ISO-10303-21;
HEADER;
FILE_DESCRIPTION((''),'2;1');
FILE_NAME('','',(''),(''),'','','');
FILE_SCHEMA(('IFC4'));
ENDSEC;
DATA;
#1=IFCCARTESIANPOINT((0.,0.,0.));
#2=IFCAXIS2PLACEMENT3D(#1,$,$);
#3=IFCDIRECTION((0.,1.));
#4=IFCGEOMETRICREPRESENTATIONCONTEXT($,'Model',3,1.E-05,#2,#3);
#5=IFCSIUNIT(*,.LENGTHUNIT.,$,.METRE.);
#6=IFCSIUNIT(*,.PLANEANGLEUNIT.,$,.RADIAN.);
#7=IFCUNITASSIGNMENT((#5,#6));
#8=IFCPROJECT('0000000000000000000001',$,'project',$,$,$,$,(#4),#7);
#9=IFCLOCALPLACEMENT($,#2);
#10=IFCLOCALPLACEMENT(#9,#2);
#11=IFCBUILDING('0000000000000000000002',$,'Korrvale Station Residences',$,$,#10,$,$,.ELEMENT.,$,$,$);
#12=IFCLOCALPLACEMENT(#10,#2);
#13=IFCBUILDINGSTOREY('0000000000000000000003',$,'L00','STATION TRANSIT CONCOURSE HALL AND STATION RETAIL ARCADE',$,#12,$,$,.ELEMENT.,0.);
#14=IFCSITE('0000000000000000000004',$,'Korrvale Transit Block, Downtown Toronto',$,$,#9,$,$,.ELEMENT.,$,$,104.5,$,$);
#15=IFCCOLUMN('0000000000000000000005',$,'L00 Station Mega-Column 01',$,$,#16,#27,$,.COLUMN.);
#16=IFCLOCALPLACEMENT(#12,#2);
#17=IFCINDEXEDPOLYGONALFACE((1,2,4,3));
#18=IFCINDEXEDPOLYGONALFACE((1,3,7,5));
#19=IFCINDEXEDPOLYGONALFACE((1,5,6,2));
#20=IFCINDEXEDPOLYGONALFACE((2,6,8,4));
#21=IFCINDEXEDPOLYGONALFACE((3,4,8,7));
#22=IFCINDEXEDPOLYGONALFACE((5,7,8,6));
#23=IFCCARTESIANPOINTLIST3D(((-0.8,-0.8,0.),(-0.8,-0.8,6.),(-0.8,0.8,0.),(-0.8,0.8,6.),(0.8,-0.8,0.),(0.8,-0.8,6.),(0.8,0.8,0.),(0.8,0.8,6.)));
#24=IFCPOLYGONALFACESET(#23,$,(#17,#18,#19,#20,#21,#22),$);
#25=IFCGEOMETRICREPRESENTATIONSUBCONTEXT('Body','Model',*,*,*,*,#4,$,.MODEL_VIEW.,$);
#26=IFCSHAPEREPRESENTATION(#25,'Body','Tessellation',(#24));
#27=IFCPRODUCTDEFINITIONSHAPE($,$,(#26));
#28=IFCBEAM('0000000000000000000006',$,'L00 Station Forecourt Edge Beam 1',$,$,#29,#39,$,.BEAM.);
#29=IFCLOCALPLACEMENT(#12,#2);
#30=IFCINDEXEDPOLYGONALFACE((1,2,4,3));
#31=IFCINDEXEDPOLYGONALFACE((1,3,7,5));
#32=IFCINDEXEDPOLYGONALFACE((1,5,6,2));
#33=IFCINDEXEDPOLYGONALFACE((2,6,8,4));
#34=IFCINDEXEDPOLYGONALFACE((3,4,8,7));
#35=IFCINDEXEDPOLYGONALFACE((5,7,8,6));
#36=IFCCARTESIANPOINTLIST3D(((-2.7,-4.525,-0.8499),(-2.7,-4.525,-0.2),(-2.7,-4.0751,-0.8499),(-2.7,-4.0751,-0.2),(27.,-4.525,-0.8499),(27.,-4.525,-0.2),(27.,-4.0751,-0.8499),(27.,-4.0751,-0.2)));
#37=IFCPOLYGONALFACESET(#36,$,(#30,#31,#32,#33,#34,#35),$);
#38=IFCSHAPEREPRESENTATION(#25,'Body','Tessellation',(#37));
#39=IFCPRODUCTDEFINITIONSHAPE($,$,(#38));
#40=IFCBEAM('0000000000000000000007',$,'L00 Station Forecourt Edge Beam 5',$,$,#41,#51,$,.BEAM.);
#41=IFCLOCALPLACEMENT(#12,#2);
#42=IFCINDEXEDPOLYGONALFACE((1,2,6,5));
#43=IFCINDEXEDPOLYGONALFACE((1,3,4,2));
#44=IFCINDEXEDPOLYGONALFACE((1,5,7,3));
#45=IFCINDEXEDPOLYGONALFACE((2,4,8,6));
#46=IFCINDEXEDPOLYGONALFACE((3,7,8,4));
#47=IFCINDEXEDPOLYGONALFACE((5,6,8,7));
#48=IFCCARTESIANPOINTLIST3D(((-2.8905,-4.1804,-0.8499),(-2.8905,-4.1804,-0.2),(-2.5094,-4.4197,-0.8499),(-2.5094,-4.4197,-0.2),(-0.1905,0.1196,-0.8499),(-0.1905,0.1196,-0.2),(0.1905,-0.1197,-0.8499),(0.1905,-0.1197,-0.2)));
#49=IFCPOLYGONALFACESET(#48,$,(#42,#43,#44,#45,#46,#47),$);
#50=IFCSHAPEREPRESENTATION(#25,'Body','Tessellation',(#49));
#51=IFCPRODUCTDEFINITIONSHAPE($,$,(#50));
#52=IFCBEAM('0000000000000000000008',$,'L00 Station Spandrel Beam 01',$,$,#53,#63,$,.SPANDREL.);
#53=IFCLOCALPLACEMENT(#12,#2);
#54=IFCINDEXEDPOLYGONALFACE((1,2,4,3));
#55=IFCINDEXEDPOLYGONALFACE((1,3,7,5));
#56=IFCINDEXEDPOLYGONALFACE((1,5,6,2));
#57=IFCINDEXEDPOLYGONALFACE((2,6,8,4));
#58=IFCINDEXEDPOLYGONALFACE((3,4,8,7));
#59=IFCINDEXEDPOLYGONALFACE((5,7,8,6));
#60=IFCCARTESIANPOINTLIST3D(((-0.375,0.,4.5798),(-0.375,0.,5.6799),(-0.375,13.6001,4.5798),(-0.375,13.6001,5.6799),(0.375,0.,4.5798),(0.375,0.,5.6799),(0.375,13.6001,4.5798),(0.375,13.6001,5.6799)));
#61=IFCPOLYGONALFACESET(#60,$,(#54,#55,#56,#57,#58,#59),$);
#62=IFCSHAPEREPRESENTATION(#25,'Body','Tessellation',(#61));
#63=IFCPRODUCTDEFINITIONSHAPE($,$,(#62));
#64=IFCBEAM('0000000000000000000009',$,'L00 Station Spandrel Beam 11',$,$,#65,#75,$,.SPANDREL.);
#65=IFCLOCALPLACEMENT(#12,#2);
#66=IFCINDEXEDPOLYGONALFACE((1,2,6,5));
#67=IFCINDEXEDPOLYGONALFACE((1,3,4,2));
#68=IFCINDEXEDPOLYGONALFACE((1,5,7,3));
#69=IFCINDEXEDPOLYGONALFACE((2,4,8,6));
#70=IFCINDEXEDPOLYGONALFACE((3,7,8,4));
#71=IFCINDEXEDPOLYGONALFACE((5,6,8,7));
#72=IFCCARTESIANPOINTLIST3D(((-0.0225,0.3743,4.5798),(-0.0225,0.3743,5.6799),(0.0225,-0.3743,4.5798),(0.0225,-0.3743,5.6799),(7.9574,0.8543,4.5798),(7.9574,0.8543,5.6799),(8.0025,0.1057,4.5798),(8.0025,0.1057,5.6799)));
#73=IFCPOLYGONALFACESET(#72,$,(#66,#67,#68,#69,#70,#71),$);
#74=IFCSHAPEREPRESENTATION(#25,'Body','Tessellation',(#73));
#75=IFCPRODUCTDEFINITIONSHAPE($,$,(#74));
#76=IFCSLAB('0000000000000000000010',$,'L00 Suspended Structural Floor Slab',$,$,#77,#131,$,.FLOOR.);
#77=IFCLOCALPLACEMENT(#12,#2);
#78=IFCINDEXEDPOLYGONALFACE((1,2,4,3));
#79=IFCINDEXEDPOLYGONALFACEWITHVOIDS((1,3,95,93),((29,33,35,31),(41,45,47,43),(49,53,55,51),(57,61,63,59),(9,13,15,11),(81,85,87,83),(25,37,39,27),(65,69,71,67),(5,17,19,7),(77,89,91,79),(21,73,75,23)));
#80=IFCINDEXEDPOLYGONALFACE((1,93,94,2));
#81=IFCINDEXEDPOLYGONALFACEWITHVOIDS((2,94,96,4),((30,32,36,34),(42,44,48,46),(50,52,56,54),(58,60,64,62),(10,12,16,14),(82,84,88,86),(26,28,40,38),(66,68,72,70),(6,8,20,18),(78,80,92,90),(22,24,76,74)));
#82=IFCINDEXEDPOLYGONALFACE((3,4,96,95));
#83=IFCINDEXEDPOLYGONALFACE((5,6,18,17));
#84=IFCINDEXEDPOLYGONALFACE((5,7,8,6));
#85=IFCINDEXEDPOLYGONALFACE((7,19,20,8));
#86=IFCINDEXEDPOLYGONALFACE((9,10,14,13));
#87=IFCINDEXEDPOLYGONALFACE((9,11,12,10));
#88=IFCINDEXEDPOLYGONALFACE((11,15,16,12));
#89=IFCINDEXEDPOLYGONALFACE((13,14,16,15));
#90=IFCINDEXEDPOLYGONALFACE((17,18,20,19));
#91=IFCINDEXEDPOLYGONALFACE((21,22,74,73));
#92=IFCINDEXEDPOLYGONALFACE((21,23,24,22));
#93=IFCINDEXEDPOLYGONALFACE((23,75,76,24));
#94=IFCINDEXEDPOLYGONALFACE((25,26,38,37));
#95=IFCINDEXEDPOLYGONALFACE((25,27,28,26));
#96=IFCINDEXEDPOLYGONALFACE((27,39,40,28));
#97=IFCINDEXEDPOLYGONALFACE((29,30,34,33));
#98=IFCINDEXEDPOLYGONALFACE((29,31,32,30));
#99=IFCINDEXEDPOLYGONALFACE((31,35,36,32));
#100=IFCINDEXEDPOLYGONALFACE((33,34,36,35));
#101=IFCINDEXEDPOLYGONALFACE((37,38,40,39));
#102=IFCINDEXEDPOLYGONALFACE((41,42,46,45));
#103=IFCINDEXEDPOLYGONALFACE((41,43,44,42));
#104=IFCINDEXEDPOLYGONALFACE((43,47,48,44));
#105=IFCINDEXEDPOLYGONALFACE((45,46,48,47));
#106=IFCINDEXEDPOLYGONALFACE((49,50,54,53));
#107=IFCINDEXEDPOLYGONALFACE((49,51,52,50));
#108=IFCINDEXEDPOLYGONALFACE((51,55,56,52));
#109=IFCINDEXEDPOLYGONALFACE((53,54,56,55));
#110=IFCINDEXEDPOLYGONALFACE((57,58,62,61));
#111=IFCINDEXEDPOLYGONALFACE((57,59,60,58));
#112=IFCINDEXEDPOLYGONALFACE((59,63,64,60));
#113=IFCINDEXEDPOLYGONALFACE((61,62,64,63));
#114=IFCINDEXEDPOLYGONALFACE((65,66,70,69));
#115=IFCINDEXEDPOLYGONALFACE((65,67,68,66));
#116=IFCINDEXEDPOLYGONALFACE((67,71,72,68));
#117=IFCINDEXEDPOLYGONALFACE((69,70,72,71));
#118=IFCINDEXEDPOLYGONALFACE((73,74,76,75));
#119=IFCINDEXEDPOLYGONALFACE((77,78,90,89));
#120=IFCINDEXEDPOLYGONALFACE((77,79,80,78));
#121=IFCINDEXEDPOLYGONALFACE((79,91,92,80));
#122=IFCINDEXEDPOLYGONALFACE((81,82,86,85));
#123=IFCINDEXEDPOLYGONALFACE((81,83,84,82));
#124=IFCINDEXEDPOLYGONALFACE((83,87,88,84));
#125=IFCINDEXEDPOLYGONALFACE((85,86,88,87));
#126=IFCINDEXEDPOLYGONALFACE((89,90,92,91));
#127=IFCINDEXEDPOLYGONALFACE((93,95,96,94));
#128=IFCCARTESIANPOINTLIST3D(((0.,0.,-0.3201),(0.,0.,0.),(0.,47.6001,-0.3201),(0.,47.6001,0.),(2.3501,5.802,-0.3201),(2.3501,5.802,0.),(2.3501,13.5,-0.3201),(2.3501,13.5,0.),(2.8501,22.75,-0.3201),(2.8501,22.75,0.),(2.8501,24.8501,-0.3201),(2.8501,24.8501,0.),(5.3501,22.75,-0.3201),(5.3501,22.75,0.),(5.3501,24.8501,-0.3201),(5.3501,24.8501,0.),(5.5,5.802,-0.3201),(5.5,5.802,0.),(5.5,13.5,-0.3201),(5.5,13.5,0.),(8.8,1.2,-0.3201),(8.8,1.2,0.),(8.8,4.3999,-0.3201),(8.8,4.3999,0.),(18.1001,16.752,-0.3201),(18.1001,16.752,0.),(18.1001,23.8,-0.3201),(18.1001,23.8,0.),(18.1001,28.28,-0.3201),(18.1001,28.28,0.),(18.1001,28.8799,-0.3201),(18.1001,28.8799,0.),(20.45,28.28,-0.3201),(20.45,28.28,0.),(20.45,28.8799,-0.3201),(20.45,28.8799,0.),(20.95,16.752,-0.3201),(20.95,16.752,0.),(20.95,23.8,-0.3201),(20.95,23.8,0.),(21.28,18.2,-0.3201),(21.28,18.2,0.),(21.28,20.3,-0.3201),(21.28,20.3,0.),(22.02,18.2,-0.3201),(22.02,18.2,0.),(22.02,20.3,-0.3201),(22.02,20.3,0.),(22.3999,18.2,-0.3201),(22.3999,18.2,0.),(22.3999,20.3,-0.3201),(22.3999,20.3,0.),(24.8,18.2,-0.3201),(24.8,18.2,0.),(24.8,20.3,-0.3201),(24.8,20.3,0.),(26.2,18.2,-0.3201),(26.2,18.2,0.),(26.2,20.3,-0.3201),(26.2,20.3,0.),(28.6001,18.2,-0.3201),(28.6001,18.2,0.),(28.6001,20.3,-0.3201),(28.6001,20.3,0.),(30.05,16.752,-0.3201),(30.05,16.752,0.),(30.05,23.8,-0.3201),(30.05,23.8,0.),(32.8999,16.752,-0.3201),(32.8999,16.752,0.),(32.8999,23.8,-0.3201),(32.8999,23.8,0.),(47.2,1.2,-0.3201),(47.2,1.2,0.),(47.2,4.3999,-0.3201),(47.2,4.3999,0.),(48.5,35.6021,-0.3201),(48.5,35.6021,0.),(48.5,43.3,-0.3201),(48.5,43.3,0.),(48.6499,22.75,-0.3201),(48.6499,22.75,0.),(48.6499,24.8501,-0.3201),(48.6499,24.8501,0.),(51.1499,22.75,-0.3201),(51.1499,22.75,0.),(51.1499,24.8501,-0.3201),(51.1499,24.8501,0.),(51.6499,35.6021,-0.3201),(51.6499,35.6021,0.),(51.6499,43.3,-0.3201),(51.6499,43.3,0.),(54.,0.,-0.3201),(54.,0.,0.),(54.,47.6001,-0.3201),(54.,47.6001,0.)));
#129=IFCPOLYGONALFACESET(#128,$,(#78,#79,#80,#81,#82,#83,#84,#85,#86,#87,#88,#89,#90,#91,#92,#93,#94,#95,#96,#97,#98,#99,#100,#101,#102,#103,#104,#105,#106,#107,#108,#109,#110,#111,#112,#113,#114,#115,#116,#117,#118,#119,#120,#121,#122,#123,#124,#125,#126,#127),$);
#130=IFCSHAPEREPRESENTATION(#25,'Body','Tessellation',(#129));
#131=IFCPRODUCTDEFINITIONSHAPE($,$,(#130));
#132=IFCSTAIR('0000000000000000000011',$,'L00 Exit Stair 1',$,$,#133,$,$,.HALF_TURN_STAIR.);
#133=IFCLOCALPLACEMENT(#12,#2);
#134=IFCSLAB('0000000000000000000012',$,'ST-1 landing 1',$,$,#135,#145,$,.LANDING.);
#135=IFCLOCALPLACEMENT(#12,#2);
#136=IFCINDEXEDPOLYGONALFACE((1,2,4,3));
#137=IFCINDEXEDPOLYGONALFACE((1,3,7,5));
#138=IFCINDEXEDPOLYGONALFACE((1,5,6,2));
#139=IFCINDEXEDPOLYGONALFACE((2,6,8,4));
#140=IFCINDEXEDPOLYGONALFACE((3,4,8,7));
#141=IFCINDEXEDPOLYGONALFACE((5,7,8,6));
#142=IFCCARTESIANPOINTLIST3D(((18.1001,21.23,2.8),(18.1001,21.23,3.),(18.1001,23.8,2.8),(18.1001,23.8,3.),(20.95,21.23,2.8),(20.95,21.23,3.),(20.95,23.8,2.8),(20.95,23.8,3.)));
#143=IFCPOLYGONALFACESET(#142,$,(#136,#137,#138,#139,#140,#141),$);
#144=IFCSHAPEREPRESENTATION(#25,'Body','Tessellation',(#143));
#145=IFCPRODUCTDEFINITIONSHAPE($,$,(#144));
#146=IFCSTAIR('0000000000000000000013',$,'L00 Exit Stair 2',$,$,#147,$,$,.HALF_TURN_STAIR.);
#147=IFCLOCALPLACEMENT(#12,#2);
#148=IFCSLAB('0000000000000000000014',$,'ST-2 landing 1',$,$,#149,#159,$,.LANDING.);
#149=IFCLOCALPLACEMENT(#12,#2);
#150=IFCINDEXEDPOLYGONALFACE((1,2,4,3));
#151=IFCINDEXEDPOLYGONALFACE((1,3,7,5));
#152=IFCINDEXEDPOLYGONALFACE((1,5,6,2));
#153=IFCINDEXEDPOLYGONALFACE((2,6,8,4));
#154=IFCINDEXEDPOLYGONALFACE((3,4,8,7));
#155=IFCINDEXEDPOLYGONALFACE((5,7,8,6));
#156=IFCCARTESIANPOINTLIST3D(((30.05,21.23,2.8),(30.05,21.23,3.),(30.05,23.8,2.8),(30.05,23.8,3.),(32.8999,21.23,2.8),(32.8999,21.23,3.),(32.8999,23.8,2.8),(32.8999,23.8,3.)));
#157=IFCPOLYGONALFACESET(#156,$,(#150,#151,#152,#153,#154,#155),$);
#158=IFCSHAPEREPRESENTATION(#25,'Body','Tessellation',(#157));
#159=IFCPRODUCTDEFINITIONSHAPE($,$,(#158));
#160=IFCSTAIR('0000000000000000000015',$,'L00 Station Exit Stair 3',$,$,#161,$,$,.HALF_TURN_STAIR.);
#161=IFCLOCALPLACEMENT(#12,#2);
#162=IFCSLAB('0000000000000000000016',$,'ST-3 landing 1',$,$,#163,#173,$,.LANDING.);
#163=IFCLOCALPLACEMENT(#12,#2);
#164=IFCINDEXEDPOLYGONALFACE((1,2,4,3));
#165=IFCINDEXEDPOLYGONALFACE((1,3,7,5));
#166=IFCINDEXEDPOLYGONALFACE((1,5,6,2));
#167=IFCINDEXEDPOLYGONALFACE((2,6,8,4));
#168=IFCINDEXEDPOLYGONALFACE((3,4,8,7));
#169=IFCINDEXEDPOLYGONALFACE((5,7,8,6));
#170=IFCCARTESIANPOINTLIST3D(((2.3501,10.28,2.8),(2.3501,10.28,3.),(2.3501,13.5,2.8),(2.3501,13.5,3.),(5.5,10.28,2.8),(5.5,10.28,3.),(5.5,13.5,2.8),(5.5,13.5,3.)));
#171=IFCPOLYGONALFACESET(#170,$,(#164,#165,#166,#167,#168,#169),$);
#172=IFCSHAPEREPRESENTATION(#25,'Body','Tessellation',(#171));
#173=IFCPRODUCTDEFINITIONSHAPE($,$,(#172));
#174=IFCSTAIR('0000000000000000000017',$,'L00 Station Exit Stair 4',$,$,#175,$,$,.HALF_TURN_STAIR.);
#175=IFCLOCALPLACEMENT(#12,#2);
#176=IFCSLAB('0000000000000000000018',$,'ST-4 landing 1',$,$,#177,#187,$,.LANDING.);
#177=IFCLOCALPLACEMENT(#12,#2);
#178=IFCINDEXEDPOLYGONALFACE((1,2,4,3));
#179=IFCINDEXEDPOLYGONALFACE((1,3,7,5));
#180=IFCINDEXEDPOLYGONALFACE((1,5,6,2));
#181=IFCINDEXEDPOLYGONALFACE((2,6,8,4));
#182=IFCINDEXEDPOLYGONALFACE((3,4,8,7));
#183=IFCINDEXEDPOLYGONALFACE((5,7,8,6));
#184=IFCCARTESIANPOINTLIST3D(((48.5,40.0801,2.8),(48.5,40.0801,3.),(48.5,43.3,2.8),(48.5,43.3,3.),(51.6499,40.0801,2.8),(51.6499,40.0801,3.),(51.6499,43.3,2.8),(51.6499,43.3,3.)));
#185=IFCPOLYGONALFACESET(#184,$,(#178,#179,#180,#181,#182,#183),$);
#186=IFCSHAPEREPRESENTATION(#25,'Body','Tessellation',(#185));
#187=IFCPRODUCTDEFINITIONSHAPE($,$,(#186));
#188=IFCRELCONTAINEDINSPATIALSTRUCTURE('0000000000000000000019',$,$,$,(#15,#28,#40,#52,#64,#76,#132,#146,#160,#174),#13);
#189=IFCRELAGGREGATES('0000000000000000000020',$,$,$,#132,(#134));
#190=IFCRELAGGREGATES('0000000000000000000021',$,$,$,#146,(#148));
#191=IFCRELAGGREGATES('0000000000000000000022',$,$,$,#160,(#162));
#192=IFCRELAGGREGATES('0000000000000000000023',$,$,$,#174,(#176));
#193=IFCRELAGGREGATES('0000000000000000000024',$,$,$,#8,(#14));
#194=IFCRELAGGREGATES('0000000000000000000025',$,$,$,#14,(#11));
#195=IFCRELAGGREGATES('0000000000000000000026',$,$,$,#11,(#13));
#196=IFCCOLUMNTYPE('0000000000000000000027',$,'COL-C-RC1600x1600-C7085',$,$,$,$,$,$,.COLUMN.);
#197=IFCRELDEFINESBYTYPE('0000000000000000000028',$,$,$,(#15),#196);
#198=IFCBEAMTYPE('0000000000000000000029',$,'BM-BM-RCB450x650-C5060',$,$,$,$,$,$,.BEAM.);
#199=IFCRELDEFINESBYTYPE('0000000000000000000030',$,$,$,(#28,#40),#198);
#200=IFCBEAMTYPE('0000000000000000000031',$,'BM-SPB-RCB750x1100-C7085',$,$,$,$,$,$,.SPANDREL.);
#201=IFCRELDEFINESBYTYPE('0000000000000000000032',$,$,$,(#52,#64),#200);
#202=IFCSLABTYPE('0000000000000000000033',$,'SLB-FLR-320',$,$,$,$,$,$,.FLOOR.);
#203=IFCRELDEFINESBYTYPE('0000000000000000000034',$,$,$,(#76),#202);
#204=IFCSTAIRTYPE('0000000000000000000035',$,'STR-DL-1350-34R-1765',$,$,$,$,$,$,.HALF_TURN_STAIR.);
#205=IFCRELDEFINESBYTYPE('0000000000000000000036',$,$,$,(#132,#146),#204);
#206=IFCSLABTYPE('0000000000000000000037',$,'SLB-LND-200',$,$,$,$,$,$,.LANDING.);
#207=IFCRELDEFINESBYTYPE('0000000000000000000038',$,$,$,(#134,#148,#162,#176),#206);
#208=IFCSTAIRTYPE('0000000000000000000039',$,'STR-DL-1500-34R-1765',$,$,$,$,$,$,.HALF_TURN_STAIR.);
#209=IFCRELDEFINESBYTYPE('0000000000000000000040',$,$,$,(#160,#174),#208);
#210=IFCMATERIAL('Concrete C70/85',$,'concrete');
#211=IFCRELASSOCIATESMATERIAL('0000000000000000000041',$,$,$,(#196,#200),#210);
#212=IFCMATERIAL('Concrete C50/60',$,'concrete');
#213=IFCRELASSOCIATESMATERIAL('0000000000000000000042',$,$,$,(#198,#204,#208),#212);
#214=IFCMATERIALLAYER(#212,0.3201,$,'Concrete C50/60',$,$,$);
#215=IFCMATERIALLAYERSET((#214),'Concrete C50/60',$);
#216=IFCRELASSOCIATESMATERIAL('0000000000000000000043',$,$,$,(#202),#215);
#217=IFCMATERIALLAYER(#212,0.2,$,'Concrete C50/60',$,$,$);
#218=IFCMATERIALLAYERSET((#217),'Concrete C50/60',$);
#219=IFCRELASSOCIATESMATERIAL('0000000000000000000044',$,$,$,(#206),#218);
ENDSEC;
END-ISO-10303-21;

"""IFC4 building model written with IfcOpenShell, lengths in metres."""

from ifc_helpers import new_model, si_unit, direction, frame, origin, origin_with_axes, origin_2d, place, context, subcontext, project, spatial, polyline, rectangle, outline, extrude, material, layer, layer_set, material_profile, profile_set, type_object, element, aggregate, save


model = new_model("IFC4")

# Units and contexts
model_context = context("Model", 3, precision=1e-05, world=origin(), true_north=direction((0.0, 1.0)))
body_context = subcontext(model_context, "Body", "Model", "MODEL_VIEW")
ifc_project = project(units=[si_unit("LENGTHUNIT", "METRE"), si_unit("PLANEANGLEUNIT", "RADIAN")], contexts=[model_context])

# Site, building, storey
site_placement = place(None, origin())
site = spatial("IfcSite", under=ifc_project, at=site_placement, Name="Korrvale Transit Block, Downtown Toronto", CompositionType="ELEMENT", RefElevation=104.5)
building_placement = place(site_placement, origin())
building = spatial("IfcBuilding", under=site, at=building_placement, Name="Korrvale Station Residences", CompositionType="ELEMENT")
storey_placement = place(building_placement, origin())
storey = spatial("IfcBuildingStorey", under=building, at=storey_placement, Name="L00", Description="STATION TRANSIT CONCOURSE HALL AND STATION RETAIL ARCADE", CompositionType="ELEMENT", Elevation=0.0)

# Column
ifc_material_1 = material(Name="Concrete C70/85", Category="concrete")
ifc_material_profile_1 = material_profile(ifc_material_1, rectangle(XDim=1.6001, YDim=1.6001, at=origin_2d()), Name="RC1600x1600")
ifc_profile_set_1 = profile_set([ifc_material_profile_1], Name="Concrete C70/85")
column_type = type_object("IfcColumnType", Name="COL-C-RC1600x1600-C7085", PredefinedType="COLUMN", material=ifc_profile_set_1)
column_placement = place(storey_placement, origin_with_axes())
element("IfcColumn", 1, at=column_placement, inside=storey, type_object=column_type, Name="L00 Station Mega-Column 01", PredefinedType="COLUMN", context=body_context, shape_type="SweptSolid", body=[
    extrude(rectangle(XDim=1.6001, YDim=1.6001, at=origin_2d()), origin(), (0.0, 0.0, 1.0), 6.0),
])

# Beams
ifc_material_2 = material(Name="Concrete C50/60", Category="concrete")
ifc_material_profile_2 = material_profile(ifc_material_2, rectangle(XDim=0.45, YDim=0.6499, at=origin_2d()), Name="RCB450x650")
ifc_profile_set_2 = profile_set([ifc_material_profile_2], Name="Concrete C50/60")
beam_type_1 = type_object("IfcBeamType", Name="BM-BM-RCB450x650-C5060", PredefinedType="BEAM", material=ifc_profile_set_2)
beam_1_placement = place(storey_placement, frame((-2.7, -4.3, -0.5249), z_axis=(1.0, 0.0, 0.0), x_axis=(0.0, 1.0, 0.0)))
element("IfcBeam", 2, at=beam_1_placement, inside=storey, type_object=beam_type_1, Name="L00 Station Forecourt Edge Beam 1", PredefinedType="BEAM", context=body_context, shape_type="SweptSolid", body=[
    extrude(rectangle(XDim=0.45, YDim=0.6499, at=origin_2d()), origin(), (0.0, 0.0, 1.0), 29.7),
])
beam_2_placement = place(storey_placement, frame((-2.7, -4.3, -0.5249), z_axis=(0.531757, 0.846897, 0.0), x_axis=(-0.846897, 0.531757, 0.0)))
element("IfcBeam", 3, at=beam_2_placement, inside=storey, type_object=beam_type_1, Name="L00 Station Forecourt Edge Beam 5", PredefinedType="BEAM", context=body_context, shape_type="SweptSolid", body=[
    extrude(rectangle(XDim=0.45, YDim=0.6499, at=origin_2d()), origin(), (0.0, 0.0, 1.0), 5.0774),
])
ifc_material_profile_3 = material_profile(ifc_material_1, rectangle(XDim=0.75, YDim=1.1001, at=origin_2d()), Name="RCB750x1100")
ifc_profile_set_3 = profile_set([ifc_material_profile_3], Name="Concrete C70/85")
beam_type_2 = type_object("IfcBeamType", Name="BM-SPB-RCB750x1100-C7085", PredefinedType="SPANDREL", material=ifc_profile_set_3)
beam_3_placement = place(storey_placement, frame((0.0, 0.0, 5.1299), z_axis=(0.0, 1.0, 0.0), x_axis=(-1.0, 0.0, 0.0)))
element("IfcBeam", 4, at=beam_3_placement, inside=storey, type_object=beam_type_2, Name="L00 Station Spandrel Beam 01", PredefinedType="SPANDREL", context=body_context, shape_type="SweptSolid", body=[
    extrude(rectangle(XDim=0.75, YDim=1.1001, at=origin_2d()), origin(), (0.0, 0.0, 1.0), 13.6001),
])
beam_4_placement = place(storey_placement, frame((0.0, 0.0, 5.1299), z_axis=(0.998196, 0.06004, 0.0), x_axis=(-0.06004, 0.998196, 0.0)))
element("IfcBeam", 5, at=beam_4_placement, inside=storey, type_object=beam_type_2, Name="L00 Station Spandrel Beam 11", PredefinedType="SPANDREL", context=body_context, shape_type="SweptSolid", body=[
    extrude(rectangle(XDim=0.75, YDim=1.1001, at=origin_2d()), origin(), (0.0, 0.0, 1.0), 7.9944),
])

# Slab
ifc_layer_1 = layer(ifc_material_2, 0.3201, Name="Concrete C50/60")
ifc_layer_set_1 = layer_set([ifc_layer_1], Name="Concrete C50/60")
slab_type_1 = type_object("IfcSlabType", Name="SLB-FLR-320", PredefinedType="FLOOR", material=ifc_layer_set_1)
slab_1_placement = place(storey_placement, frame((0.0, 0.0, -0.3201)))
element("IfcSlab", 6, at=slab_1_placement, inside=storey, type_object=slab_type_1, Name="L00 Suspended Structural Floor Slab", PredefinedType="FLOOR", context=body_context, shape_type="SweptSolid", body=[
    extrude(outline(polyline([(0.0, 0.0), (54.0, 0.0), (54.0, 47.6001), (0.0, 47.6001), (0.0, 0.0)]), holes=[polyline([(20.95, 16.752), (20.95, 23.8), (18.1001, 23.8), (18.1001, 16.752), (20.95, 16.752)]), polyline([(32.8999, 16.752), (32.8999, 23.8), (30.05, 23.8), (30.05, 16.752), (32.8999, 16.752)]), polyline([(5.5, 5.802), (5.5, 13.5), (2.3501, 13.5), (2.3501, 5.802), (5.5, 5.802)]), polyline([(51.6499, 35.6021), (51.6499, 43.3), (48.5, 43.3), (48.5, 35.6021), (51.6499, 35.6021)]), polyline([(22.3999, 18.2), (24.8, 18.2), (24.8, 20.3), (22.3999, 20.3), (22.3999, 18.2)]), polyline([(26.2, 18.2), (28.6001, 18.2), (28.6001, 20.3), (26.2, 20.3), (26.2, 18.2)]), polyline([(2.8501, 22.75), (5.3501, 22.75), (5.3501, 24.8501), (2.8501, 24.8501), (2.8501, 22.75)]), polyline([(48.6499, 22.75), (51.1499, 22.75), (51.1499, 24.8501), (48.6499, 24.8501), (48.6499, 22.75)]), polyline([(18.1001, 28.28), (20.45, 28.28), (20.45, 28.8799), (18.1001, 28.8799), (18.1001, 28.28)]), polyline([(21.28, 18.2), (22.02, 18.2), (22.02, 20.3), (21.28, 20.3), (21.28, 18.2)]), polyline([(8.8, 1.2), (47.2, 1.2), (47.2, 4.3999), (8.8, 4.3999), (8.8, 1.2)])]), origin(), (0.0, 0.0, 1.0), 0.3201),
])

# Stairs, slabs
stair_type_1 = type_object("IfcStairType", Name="STR-DL-1350-34R-1765", PredefinedType="HALF_TURN_STAIR", material=ifc_material_2)
stair_1_placement = place(storey_placement, origin())
stair_1 = element("IfcStair", 7, at=stair_1_placement, inside=storey, type_object=stair_type_1, Name="L00 Exit Stair 1", PredefinedType="HALF_TURN_STAIR")
ifc_layer_2 = layer(ifc_material_2, 0.2, Name="Concrete C50/60")
ifc_layer_set_2 = layer_set([ifc_layer_2], Name="Concrete C50/60")
slab_type_2 = type_object("IfcSlabType", Name="SLB-LND-200", PredefinedType="LANDING", material=ifc_layer_set_2)
slab_2_placement = place(storey_placement, frame((0.0, 0.0, 2.8)))
slab_2 = element("IfcSlab", 8, at=slab_2_placement, type_object=slab_type_2, Name="ST-1 landing 1", PredefinedType="LANDING", context=body_context, shape_type="SweptSolid", body=[
    extrude(outline(polyline([(20.95, 21.23), (20.95, 23.8), (18.1001, 23.8), (18.1001, 21.23), (20.95, 21.23)])), origin(), (0.0, 0.0, 1.0), 0.2),
])
aggregate(stair_1, [slab_2])
stair_2_placement = place(storey_placement, origin())
stair_2 = element("IfcStair", 9, at=stair_2_placement, inside=storey, type_object=stair_type_1, Name="L00 Exit Stair 2", PredefinedType="HALF_TURN_STAIR")
slab_3_placement = place(storey_placement, frame((0.0, 0.0, 2.8)))
slab_3 = element("IfcSlab", 10, at=slab_3_placement, type_object=slab_type_2, Name="ST-2 landing 1", PredefinedType="LANDING", context=body_context, shape_type="SweptSolid", body=[
    extrude(outline(polyline([(32.8999, 21.23), (32.8999, 23.8), (30.05, 23.8), (30.05, 21.23), (32.8999, 21.23)])), origin(), (0.0, 0.0, 1.0), 0.2),
])
aggregate(stair_2, [slab_3])
stair_type_2 = type_object("IfcStairType", Name="STR-DL-1500-34R-1765", PredefinedType="HALF_TURN_STAIR", material=ifc_material_2)
stair_3_placement = place(storey_placement, origin())
stair_3 = element("IfcStair", 11, at=stair_3_placement, inside=storey, type_object=stair_type_2, Name="L00 Station Exit Stair 3", PredefinedType="HALF_TURN_STAIR")
slab_4_placement = place(storey_placement, frame((0.0, 0.0, 2.8)))
slab_4 = element("IfcSlab", 12, at=slab_4_placement, type_object=slab_type_2, Name="ST-3 landing 1", PredefinedType="LANDING", context=body_context, shape_type="SweptSolid", body=[
    extrude(outline(polyline([(5.5, 10.28), (5.5, 13.5), (2.3501, 13.5), (2.3501, 10.28), (5.5, 10.28)])), origin(), (0.0, 0.0, 1.0), 0.2),
])
aggregate(stair_3, [slab_4])
stair_4_placement = place(storey_placement, origin())
stair_4 = element("IfcStair", 13, at=stair_4_placement, inside=storey, type_object=stair_type_2, Name="L00 Station Exit Stair 4", PredefinedType="HALF_TURN_STAIR")
slab_5_placement = place(storey_placement, frame((0.0, 0.0, 2.8)))
slab_5 = element("IfcSlab", 14, at=slab_5_placement, type_object=slab_type_2, Name="ST-4 landing 1", PredefinedType="LANDING", context=body_context, shape_type="SweptSolid", body=[
    extrude(outline(polyline([(51.6499, 40.0801), (51.6499, 43.3), (48.5, 43.3), (48.5, 40.0801), (51.6499, 40.0801)])), origin(), (0.0, 0.0, 1.0), 0.2),
])
aggregate(stair_4, [slab_5])

save(model, "model.ifc")
